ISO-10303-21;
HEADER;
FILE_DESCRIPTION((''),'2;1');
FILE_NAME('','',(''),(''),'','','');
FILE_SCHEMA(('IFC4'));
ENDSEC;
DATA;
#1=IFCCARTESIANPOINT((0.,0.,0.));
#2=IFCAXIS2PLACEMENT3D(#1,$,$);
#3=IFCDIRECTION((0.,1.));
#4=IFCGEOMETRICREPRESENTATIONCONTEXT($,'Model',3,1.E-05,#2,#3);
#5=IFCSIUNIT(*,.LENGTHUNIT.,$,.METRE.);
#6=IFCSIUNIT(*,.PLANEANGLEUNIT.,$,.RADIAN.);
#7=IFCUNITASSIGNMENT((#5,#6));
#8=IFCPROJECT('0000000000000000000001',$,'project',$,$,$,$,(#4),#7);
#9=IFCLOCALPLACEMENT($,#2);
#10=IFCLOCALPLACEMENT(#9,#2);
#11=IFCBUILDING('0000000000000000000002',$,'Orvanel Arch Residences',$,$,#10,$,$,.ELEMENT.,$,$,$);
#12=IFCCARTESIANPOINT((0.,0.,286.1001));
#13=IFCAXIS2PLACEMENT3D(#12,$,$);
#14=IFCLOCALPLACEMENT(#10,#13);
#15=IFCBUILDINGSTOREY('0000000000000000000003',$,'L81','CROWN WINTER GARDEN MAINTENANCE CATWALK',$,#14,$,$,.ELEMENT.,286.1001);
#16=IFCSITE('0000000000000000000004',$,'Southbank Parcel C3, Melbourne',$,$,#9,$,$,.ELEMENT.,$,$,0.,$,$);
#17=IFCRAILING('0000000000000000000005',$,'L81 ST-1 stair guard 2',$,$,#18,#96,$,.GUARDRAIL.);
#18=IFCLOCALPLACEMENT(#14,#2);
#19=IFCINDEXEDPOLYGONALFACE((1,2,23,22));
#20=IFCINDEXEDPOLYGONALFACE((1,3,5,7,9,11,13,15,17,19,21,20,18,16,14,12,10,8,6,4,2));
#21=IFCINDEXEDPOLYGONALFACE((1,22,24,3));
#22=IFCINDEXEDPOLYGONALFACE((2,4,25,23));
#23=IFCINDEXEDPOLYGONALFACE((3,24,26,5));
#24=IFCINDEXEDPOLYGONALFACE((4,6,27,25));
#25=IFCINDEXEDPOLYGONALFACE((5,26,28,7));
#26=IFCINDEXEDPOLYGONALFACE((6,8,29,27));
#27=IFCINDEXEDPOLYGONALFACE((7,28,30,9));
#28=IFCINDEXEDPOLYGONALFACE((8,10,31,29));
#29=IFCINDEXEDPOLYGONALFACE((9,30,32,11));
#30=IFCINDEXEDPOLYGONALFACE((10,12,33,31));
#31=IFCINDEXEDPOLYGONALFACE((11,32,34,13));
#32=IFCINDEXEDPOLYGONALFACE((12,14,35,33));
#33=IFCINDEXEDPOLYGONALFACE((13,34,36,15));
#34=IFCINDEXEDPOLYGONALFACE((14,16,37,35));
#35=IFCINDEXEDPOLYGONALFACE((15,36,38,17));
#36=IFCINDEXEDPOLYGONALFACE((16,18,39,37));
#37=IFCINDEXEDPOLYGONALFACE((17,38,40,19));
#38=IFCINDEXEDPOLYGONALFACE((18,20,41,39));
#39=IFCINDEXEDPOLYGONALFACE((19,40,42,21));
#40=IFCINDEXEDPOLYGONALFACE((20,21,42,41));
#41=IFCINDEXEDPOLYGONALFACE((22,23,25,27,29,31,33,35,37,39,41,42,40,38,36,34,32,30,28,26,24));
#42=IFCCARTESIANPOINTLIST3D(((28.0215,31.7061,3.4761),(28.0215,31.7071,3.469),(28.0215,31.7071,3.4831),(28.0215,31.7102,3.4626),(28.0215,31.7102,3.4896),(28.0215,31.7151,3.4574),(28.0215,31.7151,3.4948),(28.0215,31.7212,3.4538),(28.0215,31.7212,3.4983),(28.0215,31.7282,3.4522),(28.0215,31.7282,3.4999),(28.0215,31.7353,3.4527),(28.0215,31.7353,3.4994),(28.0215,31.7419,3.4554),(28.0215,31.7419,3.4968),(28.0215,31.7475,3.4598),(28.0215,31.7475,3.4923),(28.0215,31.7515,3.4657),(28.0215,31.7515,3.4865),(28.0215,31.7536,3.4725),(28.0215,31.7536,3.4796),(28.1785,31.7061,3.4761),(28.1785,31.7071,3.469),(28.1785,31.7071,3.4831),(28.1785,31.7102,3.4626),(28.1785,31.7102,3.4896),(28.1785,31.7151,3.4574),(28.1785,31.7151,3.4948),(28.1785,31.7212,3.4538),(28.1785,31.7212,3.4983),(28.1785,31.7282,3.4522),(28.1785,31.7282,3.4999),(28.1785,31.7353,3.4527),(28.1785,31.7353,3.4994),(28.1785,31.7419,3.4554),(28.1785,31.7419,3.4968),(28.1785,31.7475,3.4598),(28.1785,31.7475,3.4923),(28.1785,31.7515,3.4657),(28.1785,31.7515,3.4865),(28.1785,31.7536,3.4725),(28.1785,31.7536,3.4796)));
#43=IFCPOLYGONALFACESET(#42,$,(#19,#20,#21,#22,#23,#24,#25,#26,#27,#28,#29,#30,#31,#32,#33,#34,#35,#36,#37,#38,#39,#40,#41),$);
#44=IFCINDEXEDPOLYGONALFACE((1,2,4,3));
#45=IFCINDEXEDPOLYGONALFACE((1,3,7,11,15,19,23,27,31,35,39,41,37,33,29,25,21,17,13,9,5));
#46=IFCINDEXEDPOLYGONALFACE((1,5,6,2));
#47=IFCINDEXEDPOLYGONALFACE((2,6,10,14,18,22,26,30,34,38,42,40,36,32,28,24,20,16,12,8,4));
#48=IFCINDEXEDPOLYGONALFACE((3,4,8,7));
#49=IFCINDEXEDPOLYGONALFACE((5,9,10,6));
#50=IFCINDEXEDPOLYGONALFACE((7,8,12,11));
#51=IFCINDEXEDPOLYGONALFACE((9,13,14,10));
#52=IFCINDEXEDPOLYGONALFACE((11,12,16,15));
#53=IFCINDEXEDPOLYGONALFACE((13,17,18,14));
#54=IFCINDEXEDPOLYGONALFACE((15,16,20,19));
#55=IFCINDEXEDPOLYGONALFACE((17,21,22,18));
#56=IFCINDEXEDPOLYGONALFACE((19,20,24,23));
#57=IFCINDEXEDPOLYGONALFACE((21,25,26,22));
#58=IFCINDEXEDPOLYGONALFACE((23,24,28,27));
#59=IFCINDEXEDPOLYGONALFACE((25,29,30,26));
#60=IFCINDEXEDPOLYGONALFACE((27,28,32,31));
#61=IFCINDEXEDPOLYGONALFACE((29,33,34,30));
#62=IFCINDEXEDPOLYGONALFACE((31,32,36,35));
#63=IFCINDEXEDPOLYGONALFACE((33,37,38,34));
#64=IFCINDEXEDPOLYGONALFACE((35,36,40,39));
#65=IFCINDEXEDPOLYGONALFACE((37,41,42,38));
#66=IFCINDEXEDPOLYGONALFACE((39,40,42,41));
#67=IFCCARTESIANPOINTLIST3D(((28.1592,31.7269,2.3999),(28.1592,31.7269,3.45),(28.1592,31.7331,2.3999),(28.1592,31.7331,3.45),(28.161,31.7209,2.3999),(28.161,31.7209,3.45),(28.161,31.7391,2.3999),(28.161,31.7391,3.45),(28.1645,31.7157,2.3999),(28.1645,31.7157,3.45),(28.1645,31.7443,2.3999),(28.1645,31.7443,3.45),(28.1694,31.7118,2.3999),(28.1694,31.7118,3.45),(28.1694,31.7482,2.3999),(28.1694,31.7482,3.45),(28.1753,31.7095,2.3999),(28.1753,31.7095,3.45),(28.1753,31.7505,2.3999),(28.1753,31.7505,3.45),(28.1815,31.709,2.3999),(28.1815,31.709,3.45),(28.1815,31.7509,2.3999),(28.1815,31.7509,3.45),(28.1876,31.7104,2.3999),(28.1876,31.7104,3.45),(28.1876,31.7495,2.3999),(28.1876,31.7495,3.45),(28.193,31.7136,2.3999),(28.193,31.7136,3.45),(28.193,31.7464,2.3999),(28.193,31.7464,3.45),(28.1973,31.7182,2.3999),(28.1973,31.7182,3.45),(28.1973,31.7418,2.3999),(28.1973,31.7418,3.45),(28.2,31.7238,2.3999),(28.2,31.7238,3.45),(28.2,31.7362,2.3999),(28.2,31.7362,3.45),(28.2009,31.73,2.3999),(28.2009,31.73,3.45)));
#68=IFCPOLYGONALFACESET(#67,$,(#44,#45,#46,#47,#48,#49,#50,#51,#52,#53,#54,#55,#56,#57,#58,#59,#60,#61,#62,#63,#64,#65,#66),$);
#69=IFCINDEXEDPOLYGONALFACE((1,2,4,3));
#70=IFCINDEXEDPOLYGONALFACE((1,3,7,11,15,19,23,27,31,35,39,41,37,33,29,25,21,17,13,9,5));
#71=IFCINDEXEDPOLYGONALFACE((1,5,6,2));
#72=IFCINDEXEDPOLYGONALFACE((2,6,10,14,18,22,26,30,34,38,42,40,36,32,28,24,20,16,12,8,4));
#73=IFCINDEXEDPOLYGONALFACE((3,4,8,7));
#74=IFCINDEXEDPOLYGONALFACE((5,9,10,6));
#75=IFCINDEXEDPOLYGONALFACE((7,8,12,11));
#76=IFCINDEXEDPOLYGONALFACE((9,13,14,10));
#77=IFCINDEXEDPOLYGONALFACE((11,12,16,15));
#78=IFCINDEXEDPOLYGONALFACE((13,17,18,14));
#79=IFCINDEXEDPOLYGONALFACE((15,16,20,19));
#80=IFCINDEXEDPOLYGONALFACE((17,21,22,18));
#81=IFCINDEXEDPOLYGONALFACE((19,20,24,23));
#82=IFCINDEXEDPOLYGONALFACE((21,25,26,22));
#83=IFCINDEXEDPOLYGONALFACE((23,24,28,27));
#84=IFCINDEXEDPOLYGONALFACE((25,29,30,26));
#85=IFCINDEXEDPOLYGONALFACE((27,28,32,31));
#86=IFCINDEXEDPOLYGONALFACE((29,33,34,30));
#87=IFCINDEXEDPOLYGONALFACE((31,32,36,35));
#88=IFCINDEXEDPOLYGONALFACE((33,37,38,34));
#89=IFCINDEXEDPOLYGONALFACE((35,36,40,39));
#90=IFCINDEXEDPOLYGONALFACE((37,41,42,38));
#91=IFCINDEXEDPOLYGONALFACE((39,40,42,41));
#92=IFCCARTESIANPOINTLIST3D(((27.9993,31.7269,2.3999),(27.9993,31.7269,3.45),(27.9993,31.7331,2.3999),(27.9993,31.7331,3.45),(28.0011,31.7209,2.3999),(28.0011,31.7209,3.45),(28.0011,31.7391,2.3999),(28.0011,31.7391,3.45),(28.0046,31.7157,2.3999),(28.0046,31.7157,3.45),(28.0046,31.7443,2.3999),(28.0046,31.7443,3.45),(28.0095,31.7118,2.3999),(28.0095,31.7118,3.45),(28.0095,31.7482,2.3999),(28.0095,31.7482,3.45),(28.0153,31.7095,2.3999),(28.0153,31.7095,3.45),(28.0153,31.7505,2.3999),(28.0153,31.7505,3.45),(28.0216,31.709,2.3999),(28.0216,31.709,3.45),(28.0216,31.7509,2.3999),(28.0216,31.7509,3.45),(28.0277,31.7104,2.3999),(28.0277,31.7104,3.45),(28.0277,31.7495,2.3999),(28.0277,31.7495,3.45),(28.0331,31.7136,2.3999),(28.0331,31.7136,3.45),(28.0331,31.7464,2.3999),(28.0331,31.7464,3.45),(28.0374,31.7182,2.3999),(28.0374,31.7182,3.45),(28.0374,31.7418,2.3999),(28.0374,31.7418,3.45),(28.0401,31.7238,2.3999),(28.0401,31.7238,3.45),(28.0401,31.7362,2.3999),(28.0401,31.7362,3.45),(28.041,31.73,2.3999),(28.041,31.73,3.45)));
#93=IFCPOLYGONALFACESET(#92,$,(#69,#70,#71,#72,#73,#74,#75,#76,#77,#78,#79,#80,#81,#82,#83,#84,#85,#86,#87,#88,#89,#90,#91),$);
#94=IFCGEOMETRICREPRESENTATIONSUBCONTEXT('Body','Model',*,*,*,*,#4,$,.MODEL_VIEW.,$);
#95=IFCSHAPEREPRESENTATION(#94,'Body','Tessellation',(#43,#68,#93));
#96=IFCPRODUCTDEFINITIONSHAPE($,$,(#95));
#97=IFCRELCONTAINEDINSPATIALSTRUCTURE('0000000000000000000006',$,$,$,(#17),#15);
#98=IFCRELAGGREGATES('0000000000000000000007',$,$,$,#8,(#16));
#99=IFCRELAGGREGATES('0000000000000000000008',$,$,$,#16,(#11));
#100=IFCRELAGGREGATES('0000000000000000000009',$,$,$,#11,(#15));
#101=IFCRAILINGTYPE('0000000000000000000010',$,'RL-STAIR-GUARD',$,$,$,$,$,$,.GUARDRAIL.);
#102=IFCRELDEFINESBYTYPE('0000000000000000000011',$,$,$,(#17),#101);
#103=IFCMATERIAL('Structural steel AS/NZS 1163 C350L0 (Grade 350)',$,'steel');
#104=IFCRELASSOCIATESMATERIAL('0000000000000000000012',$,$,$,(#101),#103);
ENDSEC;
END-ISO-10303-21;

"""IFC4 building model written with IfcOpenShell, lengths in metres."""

from ifc_helpers import new_model, si_unit, direction, frame, origin, origin_2d, place, context, subcontext, project, spatial, circle, extrude, material, type_object, element, save


model = new_model("IFC4")

# Units and contexts
model_context = context("Model", 3, precision=1e-05, world=origin(), true_north=direction((0.0, 1.0)))
body_context = subcontext(model_context, "Body", "Model", "MODEL_VIEW")
ifc_project = project(units=[si_unit("LENGTHUNIT", "METRE"), si_unit("PLANEANGLEUNIT", "RADIAN")], contexts=[model_context])

# Site, building, storey
site_placement = place(None, origin())
site = spatial("IfcSite", under=ifc_project, at=site_placement, Name="Southbank Parcel C3, Melbourne", CompositionType="ELEMENT", RefElevation=0.0)
building_placement = place(site_placement, origin())
building = spatial("IfcBuilding", under=site, at=building_placement, Name="Orvanel Arch Residences", CompositionType="ELEMENT")
storey_placement = place(building_placement, frame((0.0, 0.0, 286.1001)))
storey = spatial("IfcBuildingStorey", under=building, at=storey_placement, Name="L81", Description="CROWN WINTER GARDEN MAINTENANCE CATWALK", CompositionType="ELEMENT", Elevation=286.1001)

# Shared definitions
ifc_material_1 = material(Name="Structural steel AS/NZS 1163 C350L0 (Grade 350)", Category="steel")

# Railing
railing_type_1 = type_object("IfcRailingType", Name="RL-STAIR-GUARD", PredefinedType="GUARDRAIL", material=ifc_material_1)
railing_1_placement = place(storey_placement, frame((28.1799, 31.73, 2.3999)))
element("IfcRailing", 1, at=railing_1_placement, inside=storey, type_object=railing_type_1, Name="L81 ST-1 stair guard 2", PredefinedType="GUARDRAIL", context=body_context, shape_type="SweptSolid", body=[
    extrude(circle(Radius=0.0239, at=origin_2d()), frame((-0.0015, 0.0, 1.0762), z_axis=(-1.0, 0.0, 0.0), x_axis=(0.0, -1.0, 0.0)), (0.0, 0.0, 1.0), 0.157),
    extrude(circle(Radius=0.021, at=origin_2d()), origin(), (0.0, 0.0, 1.0), 1.05),
    extrude(circle(Radius=0.021, at=origin_2d()), frame((-0.1599, 0.0, 0.0)), (0.0, 0.0, 1.0), 1.05),
])

save(model, "model.ifc")
